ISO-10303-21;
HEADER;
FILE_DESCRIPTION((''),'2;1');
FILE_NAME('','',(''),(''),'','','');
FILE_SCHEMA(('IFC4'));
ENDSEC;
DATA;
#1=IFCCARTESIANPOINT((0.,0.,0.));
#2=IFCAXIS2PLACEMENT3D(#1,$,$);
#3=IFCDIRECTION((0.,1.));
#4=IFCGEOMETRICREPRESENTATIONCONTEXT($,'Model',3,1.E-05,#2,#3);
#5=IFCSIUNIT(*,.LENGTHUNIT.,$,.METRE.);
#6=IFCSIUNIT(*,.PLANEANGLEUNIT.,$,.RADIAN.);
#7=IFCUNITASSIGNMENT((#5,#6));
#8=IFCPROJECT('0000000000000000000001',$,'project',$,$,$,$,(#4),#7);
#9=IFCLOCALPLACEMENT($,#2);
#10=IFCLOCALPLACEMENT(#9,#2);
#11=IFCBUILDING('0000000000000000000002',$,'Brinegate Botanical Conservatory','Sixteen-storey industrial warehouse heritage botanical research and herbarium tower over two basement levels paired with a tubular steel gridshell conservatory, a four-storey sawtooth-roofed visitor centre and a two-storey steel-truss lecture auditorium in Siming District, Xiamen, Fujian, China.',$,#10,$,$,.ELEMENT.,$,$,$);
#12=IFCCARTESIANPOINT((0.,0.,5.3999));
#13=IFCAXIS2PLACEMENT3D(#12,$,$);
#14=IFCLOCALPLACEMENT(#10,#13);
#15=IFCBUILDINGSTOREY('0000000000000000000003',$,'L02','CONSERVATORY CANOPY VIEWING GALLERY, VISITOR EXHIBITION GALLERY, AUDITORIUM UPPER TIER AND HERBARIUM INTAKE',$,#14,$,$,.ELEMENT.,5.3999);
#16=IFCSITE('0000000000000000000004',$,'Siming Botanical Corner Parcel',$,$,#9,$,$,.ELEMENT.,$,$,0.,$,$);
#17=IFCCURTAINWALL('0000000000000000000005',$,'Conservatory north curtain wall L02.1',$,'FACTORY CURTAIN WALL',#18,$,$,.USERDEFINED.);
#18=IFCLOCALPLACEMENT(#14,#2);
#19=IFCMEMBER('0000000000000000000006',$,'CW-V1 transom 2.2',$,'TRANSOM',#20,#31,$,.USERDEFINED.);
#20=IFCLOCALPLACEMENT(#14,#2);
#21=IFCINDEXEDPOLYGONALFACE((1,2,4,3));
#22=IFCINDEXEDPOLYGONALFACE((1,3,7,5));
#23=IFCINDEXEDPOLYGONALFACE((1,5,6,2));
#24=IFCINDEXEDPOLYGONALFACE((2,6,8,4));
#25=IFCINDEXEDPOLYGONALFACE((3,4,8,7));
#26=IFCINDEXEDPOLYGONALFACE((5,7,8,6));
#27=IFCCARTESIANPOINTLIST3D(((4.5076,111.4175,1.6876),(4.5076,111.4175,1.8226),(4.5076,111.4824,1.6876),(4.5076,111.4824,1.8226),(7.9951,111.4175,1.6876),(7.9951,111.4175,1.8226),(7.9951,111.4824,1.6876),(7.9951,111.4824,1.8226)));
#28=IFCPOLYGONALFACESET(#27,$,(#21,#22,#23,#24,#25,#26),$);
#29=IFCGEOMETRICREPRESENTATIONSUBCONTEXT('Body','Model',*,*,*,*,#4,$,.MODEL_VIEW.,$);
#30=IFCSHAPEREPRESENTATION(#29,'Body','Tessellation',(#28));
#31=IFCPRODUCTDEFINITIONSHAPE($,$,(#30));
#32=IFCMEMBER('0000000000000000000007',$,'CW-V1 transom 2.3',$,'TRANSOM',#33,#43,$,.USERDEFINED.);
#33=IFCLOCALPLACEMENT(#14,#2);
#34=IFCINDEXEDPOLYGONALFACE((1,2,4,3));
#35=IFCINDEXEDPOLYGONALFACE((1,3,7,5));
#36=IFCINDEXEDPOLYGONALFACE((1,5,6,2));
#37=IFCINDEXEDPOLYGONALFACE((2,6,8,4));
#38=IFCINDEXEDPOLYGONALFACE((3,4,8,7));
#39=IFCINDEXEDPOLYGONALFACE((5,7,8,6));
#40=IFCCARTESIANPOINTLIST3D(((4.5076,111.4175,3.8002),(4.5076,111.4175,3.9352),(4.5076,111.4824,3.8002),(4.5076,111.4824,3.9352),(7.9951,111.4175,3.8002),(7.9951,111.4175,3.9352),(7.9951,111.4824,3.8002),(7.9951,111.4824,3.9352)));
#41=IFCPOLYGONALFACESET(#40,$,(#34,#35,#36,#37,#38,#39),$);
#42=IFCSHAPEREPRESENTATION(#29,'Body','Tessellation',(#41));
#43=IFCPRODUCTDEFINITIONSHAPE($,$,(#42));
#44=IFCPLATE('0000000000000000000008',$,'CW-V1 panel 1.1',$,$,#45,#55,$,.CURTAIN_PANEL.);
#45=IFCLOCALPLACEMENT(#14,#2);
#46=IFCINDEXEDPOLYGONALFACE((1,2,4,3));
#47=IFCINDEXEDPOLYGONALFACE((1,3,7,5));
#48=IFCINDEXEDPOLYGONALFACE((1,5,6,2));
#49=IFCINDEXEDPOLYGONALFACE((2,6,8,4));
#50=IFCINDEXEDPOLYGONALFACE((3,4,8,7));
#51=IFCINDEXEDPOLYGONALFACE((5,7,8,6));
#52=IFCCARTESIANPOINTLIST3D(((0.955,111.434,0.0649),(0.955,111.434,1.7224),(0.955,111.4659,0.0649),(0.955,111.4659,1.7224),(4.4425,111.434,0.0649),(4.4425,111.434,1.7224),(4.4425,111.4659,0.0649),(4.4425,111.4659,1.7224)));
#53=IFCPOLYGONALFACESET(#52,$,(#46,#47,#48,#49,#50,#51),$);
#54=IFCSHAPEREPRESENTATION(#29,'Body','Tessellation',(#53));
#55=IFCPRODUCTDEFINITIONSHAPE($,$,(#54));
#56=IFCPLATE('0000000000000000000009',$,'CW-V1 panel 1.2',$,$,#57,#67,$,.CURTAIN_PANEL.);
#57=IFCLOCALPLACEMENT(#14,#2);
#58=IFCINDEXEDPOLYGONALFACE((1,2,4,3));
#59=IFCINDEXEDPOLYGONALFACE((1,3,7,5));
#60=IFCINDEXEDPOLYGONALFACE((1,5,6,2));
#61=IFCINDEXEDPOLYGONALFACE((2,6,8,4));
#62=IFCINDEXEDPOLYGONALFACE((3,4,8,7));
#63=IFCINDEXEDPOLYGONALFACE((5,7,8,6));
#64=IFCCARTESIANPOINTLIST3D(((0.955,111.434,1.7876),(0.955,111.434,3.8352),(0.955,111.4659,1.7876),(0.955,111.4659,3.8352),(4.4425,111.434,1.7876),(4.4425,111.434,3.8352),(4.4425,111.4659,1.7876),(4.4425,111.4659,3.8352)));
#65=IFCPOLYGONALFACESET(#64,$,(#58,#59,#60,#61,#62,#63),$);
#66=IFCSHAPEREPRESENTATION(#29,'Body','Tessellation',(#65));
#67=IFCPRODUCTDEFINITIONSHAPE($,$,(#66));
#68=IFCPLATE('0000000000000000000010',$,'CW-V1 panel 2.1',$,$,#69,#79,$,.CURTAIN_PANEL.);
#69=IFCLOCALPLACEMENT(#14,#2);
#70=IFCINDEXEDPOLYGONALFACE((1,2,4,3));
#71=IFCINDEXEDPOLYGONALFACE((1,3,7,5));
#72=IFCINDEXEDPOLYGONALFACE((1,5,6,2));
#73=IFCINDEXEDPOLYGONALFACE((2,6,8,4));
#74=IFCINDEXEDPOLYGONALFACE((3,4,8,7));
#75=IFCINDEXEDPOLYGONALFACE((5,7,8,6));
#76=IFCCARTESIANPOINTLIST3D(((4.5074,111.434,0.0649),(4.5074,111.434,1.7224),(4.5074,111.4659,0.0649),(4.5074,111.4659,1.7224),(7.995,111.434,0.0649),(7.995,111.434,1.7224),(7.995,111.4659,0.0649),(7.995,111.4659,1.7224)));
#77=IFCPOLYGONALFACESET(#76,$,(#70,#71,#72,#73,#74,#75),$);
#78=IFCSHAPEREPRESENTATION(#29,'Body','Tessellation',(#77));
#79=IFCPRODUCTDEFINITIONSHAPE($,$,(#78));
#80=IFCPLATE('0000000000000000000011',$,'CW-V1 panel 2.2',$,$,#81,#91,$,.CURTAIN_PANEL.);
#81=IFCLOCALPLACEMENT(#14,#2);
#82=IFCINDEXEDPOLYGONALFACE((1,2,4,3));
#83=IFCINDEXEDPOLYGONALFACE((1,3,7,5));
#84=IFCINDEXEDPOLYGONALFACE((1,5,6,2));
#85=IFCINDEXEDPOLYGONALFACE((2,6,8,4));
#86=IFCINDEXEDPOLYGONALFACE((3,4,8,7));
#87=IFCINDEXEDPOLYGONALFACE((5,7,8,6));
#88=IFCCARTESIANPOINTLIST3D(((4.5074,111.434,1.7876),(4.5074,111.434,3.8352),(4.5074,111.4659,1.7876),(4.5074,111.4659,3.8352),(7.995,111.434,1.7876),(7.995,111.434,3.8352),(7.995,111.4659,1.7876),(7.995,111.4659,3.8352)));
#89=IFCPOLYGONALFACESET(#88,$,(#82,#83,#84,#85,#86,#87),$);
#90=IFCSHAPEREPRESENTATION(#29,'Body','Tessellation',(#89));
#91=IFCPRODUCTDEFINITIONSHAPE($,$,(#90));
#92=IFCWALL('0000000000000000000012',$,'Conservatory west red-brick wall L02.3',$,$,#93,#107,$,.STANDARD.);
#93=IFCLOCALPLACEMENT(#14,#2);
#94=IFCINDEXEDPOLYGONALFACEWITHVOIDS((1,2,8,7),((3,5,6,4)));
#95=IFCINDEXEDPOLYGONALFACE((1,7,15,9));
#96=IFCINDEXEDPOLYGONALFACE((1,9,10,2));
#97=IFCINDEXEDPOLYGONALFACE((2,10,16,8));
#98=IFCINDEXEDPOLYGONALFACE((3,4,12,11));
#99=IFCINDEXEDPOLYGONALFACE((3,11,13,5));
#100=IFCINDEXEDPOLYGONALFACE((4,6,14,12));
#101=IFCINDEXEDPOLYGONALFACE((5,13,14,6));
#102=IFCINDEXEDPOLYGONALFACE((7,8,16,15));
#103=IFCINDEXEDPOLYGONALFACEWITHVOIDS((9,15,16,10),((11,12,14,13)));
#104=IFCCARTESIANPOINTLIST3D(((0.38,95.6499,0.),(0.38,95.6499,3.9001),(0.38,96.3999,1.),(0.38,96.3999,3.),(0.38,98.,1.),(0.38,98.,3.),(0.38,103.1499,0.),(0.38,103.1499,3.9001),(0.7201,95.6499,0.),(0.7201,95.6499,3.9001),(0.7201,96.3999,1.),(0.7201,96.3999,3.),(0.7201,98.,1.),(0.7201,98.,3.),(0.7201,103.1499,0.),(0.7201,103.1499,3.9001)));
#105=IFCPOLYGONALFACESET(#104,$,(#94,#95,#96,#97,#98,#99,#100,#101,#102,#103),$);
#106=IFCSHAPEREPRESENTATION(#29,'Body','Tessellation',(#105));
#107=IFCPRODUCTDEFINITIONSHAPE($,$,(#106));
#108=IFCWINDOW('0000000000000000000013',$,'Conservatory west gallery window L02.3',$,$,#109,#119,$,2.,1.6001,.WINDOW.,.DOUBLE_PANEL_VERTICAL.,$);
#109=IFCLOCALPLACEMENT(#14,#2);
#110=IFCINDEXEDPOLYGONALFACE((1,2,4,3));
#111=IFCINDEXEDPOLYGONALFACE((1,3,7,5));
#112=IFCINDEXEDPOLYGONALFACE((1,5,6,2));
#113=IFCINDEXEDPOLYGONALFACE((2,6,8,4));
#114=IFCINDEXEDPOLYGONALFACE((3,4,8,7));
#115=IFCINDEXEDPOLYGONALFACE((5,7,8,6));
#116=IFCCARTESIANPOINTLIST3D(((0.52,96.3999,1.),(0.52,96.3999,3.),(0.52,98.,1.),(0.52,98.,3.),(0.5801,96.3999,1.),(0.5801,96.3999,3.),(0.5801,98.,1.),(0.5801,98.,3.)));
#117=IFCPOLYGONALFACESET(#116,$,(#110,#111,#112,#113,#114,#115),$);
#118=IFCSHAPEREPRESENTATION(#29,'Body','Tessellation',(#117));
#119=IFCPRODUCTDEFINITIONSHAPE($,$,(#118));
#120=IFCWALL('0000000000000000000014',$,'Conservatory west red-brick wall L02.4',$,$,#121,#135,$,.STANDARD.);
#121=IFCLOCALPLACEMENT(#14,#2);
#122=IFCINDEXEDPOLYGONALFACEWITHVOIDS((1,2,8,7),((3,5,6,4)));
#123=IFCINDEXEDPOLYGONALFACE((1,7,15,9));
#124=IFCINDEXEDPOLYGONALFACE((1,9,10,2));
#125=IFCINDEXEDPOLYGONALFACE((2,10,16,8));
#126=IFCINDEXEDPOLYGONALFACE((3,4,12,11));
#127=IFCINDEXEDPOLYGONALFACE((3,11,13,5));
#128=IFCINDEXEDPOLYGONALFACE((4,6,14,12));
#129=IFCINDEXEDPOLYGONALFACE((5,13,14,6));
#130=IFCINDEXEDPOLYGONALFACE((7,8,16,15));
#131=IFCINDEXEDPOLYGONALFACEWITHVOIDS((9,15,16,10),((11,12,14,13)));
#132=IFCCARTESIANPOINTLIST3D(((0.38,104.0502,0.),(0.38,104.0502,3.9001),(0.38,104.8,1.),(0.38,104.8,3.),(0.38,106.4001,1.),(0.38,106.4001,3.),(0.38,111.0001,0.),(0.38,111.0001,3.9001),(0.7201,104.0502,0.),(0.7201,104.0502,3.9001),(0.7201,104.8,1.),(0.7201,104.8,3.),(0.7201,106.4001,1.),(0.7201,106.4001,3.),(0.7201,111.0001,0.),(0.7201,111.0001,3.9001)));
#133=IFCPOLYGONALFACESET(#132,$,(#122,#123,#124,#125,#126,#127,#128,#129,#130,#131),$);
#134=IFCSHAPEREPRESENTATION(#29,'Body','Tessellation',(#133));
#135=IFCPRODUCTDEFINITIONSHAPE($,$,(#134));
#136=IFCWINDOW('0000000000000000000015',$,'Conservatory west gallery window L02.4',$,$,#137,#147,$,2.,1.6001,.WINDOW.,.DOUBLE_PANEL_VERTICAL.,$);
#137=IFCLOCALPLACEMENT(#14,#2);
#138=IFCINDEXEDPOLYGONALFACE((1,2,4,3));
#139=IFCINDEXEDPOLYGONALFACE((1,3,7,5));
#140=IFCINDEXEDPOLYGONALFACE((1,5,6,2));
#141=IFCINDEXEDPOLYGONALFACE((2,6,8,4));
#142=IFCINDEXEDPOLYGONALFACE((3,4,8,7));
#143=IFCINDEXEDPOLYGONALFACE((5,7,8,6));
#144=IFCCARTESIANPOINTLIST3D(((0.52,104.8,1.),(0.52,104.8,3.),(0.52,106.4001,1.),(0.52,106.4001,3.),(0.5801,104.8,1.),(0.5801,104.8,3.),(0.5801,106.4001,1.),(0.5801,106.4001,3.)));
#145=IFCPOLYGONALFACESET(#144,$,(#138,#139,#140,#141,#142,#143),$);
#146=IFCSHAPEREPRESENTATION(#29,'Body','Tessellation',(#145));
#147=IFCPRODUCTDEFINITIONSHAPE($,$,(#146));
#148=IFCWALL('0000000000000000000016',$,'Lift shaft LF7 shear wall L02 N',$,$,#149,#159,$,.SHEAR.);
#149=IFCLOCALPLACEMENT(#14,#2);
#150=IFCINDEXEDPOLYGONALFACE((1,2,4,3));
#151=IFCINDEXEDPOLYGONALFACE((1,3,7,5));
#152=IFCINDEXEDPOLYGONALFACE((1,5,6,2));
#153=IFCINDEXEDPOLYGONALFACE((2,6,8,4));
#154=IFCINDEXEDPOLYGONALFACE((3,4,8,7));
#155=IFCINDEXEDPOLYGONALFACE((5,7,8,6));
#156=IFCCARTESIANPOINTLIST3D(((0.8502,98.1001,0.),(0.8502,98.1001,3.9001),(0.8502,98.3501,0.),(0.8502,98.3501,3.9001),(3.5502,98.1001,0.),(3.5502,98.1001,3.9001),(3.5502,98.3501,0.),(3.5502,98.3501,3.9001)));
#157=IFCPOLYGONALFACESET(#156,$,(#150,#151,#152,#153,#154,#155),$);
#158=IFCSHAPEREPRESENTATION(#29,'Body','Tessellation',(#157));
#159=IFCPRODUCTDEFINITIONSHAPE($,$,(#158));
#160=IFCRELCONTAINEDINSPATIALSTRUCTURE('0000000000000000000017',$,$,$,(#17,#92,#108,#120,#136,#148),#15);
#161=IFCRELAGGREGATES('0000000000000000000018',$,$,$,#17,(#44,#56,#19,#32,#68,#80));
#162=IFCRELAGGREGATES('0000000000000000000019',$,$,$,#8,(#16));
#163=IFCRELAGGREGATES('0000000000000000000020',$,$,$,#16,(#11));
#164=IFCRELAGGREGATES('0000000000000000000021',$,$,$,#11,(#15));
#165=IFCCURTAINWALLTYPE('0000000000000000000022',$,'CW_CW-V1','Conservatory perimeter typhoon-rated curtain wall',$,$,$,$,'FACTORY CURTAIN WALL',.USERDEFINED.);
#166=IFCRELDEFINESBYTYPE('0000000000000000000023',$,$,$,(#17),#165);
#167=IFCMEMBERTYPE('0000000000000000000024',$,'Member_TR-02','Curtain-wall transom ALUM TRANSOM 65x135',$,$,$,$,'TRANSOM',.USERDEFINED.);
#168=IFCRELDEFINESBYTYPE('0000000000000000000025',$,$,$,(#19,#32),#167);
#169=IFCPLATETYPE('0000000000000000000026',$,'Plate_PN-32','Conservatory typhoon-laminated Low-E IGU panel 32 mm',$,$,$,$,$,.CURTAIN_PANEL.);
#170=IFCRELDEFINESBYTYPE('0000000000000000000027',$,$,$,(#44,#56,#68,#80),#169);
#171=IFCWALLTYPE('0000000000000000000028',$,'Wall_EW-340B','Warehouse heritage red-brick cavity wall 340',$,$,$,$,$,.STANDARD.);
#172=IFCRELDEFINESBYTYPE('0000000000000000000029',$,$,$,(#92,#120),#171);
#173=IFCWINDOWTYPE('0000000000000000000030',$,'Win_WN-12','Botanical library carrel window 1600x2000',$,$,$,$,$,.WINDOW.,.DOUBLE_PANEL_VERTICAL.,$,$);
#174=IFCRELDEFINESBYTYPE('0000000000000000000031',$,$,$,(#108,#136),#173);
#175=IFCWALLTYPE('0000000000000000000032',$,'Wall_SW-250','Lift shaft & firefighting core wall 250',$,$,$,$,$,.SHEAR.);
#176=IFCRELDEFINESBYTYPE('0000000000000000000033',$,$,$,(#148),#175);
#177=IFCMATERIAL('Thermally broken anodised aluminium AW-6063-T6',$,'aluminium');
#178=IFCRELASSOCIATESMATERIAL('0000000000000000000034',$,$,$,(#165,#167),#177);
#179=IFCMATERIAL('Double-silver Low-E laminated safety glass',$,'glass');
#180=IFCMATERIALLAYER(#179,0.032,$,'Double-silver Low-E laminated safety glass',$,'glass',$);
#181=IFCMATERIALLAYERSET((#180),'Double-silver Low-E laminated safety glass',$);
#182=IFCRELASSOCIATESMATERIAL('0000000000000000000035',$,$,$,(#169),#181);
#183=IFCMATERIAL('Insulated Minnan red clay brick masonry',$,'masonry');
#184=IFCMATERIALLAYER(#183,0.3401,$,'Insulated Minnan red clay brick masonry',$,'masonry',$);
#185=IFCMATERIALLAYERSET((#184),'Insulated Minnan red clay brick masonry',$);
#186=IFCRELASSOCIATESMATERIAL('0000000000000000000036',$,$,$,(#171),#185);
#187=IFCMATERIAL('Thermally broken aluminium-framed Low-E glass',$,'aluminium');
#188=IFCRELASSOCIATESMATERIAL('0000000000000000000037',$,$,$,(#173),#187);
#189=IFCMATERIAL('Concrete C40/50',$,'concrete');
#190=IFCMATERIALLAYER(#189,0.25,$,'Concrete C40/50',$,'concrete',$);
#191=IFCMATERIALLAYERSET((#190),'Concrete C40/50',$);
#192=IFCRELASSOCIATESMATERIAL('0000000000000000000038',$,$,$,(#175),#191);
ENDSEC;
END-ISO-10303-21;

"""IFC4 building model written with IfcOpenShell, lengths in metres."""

from ifc_helpers import new_model, si_unit, direction, frame, frame_2d, origin, origin_2d, place, context, subcontext, project, spatial, rectangle, extrude, material, layer, layer_set, material_profile, profile_set, type_object, element, fill, aggregate, save


model = new_model("IFC4")

# Units and contexts
model_context = context("Model", 3, precision=1e-05, world=origin(), true_north=direction((0.0, 1.0)))
body_context = subcontext(model_context, "Body", "Model", "MODEL_VIEW")
ifc_project = project(units=[si_unit("LENGTHUNIT", "METRE"), si_unit("PLANEANGLEUNIT", "RADIAN")], contexts=[model_context])

# Site, building, storey
site_placement = place(None, origin())
site = spatial("IfcSite", under=ifc_project, at=site_placement, Name="Siming Botanical Corner Parcel", CompositionType="ELEMENT", RefElevation=0.0)
building_placement = place(site_placement, origin())
building = spatial("IfcBuilding", under=site, at=building_placement, Name="Brinegate Botanical Conservatory", Description="Sixteen-storey industrial warehouse heritage botanical research and herbarium tower over two basement levels paired with a tubular steel gridshell conservatory, a four-storey sawtooth-roofed visitor centre and a two-storey steel-truss lecture auditorium in Siming District, Xiamen, Fujian, China.", CompositionType="ELEMENT")
storey_placement = place(building_placement, frame((0.0, 0.0, 5.3999)))
storey = spatial("IfcBuildingStorey", under=building, at=storey_placement, Name="L02", Description="CONSERVATORY CANOPY VIEWING GALLERY, VISITOR EXHIBITION GALLERY, AUDITORIUM UPPER TIER AND HERBARIUM INTAKE", CompositionType="ELEMENT", Elevation=5.3999)

# Shared definitions
ifc_material_1 = material(Name="Concrete C40/50", Category="concrete")

# Curtain wall, members, plates
ifc_material_2 = material(Name="Thermally broken anodised aluminium AW-6063-T6", Category="aluminium")
curtain_wall_type = type_object("IfcCurtainWallType", Name="CW_CW-V1", Description="Conservatory perimeter typhoon-rated curtain wall", ElementType="FACTORY CURTAIN WALL", PredefinedType="USERDEFINED", material=ifc_material_2)
curtain_wall_placement = place(storey_placement, origin())
curtain_wall = element("IfcCurtainWall", 1, at=curtain_wall_placement, inside=storey, type_object=curtain_wall_type, Name="Conservatory north curtain wall L02.1", ObjectType="FACTORY CURTAIN WALL", PredefinedType="USERDEFINED")
ifc_material_profile_1 = material_profile(ifc_material_2, rectangle(XDim=0.0649, YDim=0.135, at=origin_2d()), Name="ALUM TRANSOM 65x135")
ifc_profile_set_1 = profile_set([ifc_material_profile_1], Name="Thermally broken anodised aluminium AW-6063-T6")
member_type_1 = type_object("IfcMemberType", Name="Member_TR-02", Description="Curtain-wall transom ALUM TRANSOM 65x135", ElementType="TRANSOM", PredefinedType="USERDEFINED", material=ifc_profile_set_1)
member_1_placement = place(storey_placement, frame((4.5076, 111.45, 1.7551), z_axis=(1.0, 0.0, 0.0), x_axis=(0.0, 1.0, 0.0)))
member_1 = element("IfcMember", 2, at=member_1_placement, type_object=member_type_1, Name="CW-V1 transom 2.2", ObjectType="TRANSOM", PredefinedType="USERDEFINED", context=body_context, shape_type="SweptSolid", body=[
    extrude(rectangle(XDim=0.0649, YDim=0.135, at=origin_2d()), origin(), (0.0, 0.0, 1.0), 3.4875),
])
member_2_placement = place(storey_placement, frame((4.5076, 111.45, 3.8677), z_axis=(1.0, 0.0, 0.0), x_axis=(0.0, 1.0, 0.0)))
member_2 = element("IfcMember", 3, at=member_2_placement, type_object=member_type_1, Name="CW-V1 transom 2.3", ObjectType="TRANSOM", PredefinedType="USERDEFINED", context=body_context, shape_type="SweptSolid", body=[
    extrude(rectangle(XDim=0.0649, YDim=0.135, at=origin_2d()), origin(), (0.0, 0.0, 1.0), 3.4875),
])
ifc_material_3 = material(Name="Double-silver Low-E laminated safety glass", Category="glass")
ifc_layer_1 = layer(ifc_material_3, 0.032, Name="Double-silver Low-E laminated safety glass", Category="glass")
ifc_layer_set_1 = layer_set([ifc_layer_1], Name="Double-silver Low-E laminated safety glass")
plate_type = type_object("IfcPlateType", Name="Plate_PN-32", Description="Conservatory typhoon-laminated Low-E IGU panel 32 mm", PredefinedType="CURTAIN_PANEL", material=ifc_layer_set_1)
plate_1_placement = place(storey_placement, frame((2.6987, 111.45, 0.0649), z_axis=(0.0, 0.0, 1.0), x_axis=(1.0, 0.0, 0.0)))
plate_1 = element("IfcPlate", 4, at=plate_1_placement, type_object=plate_type, Name="CW-V1 panel 1.1", PredefinedType="CURTAIN_PANEL", context=body_context, shape_type="SweptSolid", body=[
    extrude(rectangle(XDim=3.4875, YDim=0.032, at=origin_2d()), origin(), (0.0, 0.0, 1.0), 1.6575),
])
plate_2_placement = place(storey_placement, frame((2.6987, 111.45, 1.7876), z_axis=(0.0, 0.0, 1.0), x_axis=(1.0, 0.0, 0.0)))
plate_2 = element("IfcPlate", 5, at=plate_2_placement, type_object=plate_type, Name="CW-V1 panel 1.2", PredefinedType="CURTAIN_PANEL", context=body_context, shape_type="SweptSolid", body=[
    extrude(rectangle(XDim=3.4875, YDim=0.032, at=origin_2d()), origin(), (0.0, 0.0, 1.0), 2.0476),
])
plate_3_placement = place(storey_placement, frame((6.2512, 111.45, 0.0649), z_axis=(0.0, 0.0, 1.0), x_axis=(1.0, 0.0, 0.0)))
plate_3 = element("IfcPlate", 6, at=plate_3_placement, type_object=plate_type, Name="CW-V1 panel 2.1", PredefinedType="CURTAIN_PANEL", context=body_context, shape_type="SweptSolid", body=[
    extrude(rectangle(XDim=3.4875, YDim=0.032, at=origin_2d()), origin(), (0.0, 0.0, 1.0), 1.6575),
])
plate_4_placement = place(storey_placement, frame((6.2512, 111.45, 1.7876), z_axis=(0.0, 0.0, 1.0), x_axis=(1.0, 0.0, 0.0)))
plate_4 = element("IfcPlate", 7, at=plate_4_placement, type_object=plate_type, Name="CW-V1 panel 2.2", PredefinedType="CURTAIN_PANEL", context=body_context, shape_type="SweptSolid", body=[
    extrude(rectangle(XDim=3.4875, YDim=0.032, at=origin_2d()), origin(), (0.0, 0.0, 1.0), 2.0476),
])
aggregate(curtain_wall, [plate_1, plate_2, member_1, member_2, plate_3, plate_4])

# Walls, openings, windows
ifc_material_4 = material(Name="Insulated Minnan red clay brick masonry", Category="masonry")
ifc_layer_2 = layer(ifc_material_4, 0.3401, Name="Insulated Minnan red clay brick masonry", Category="masonry")
ifc_layer_set_2 = layer_set([ifc_layer_2], Name="Insulated Minnan red clay brick masonry")
wall_type_1 = type_object("IfcWallType", Name="Wall_EW-340B", Description="Warehouse heritage red-brick cavity wall 340", PredefinedType="STANDARD", material=ifc_layer_set_2)
wall_1_placement = place(storey_placement, frame((0.55, 95.6499, 0.0), z_axis=(0.0, 0.0, 1.0), x_axis=(0.0, 1.0, 0.0)))
wall_1 = element("IfcWall", 8, at=wall_1_placement, inside=storey, type_object=wall_type_1, Name="Conservatory west red-brick wall L02.3", PredefinedType="STANDARD", context=body_context, shape_type="SweptSolid", body=[
    extrude(rectangle(XDim=7.5, YDim=0.3401, at=frame_2d((3.75, 0.0))), origin(), (0.0, 0.0, 1.0), 3.9001),
])
opening_1_placement = place(wall_1_placement, frame((0.75, 0.0, 1.0)))
opening_1 = element("IfcOpeningElement", 9, at=opening_1_placement, cuts=wall_1, PredefinedType="OPENING", context=body_context, shape_type="SweptSolid", body=[
    extrude(rectangle(XDim=1.6001, YDim=2.0, at=frame_2d((0.8, 1.0))), frame((0.0, 0.1799, 0.0), z_axis=(0.0, -1.0, 0.0), x_axis=(1.0, 0.0, 0.0)), (0.0, 0.0, 1.0), 0.3601),
])
ifc_material_5 = material(Name="Thermally broken aluminium-framed Low-E glass", Category="aluminium")
window_type = type_object("IfcWindowType", Name="Win_WN-12", Description="Botanical library carrel window 1600x2000", PartitioningType="DOUBLE_PANEL_VERTICAL", PredefinedType="WINDOW", material=ifc_material_5)
window_1_placement = place(opening_1_placement, origin())
window_1 = element("IfcWindow", 10, at=window_1_placement, inside=storey, type_object=window_type, Name="Conservatory west gallery window L02.3", OverallHeight=2.0, OverallWidth=1.6001, PartitioningType="DOUBLE_PANEL_VERTICAL", PredefinedType="WINDOW", context=body_context, shape_type="SweptSolid", body=[
    extrude(rectangle(XDim=1.6001, YDim=2.0, at=frame_2d((0.8, 1.0))), frame((0.0, 0.03, 0.0), z_axis=(0.0, -1.0, 0.0), x_axis=(1.0, 0.0, 0.0)), (0.0, 0.0, 1.0), 0.0601),
])
fill(opening_1, window_1)
wall_2_placement = place(storey_placement, frame((0.55, 104.05, 0.0), z_axis=(0.0, 0.0, 1.0), x_axis=(0.0, 1.0, 0.0)))
wall_2 = element("IfcWall", 11, at=wall_2_placement, inside=storey, type_object=wall_type_1, Name="Conservatory west red-brick wall L02.4", PredefinedType="STANDARD", context=body_context, shape_type="SweptSolid", body=[
    extrude(rectangle(XDim=6.95, YDim=0.3401, at=frame_2d((3.4751, 0.0))), origin(), (0.0, 0.0, 1.0), 3.9001),
])
opening_2_placement = place(wall_2_placement, frame((0.75, 0.0, 1.0)))
opening_2 = element("IfcOpeningElement", 12, at=opening_2_placement, cuts=wall_2, PredefinedType="OPENING", context=body_context, shape_type="SweptSolid", body=[
    extrude(rectangle(XDim=1.6001, YDim=2.0, at=frame_2d((0.8, 1.0))), frame((0.0, 0.1799, 0.0), z_axis=(0.0, -1.0, 0.0), x_axis=(1.0, 0.0, 0.0)), (0.0, 0.0, 1.0), 0.3601),
])
window_2_placement = place(opening_2_placement, origin())
window_2 = element("IfcWindow", 13, at=window_2_placement, inside=storey, type_object=window_type, Name="Conservatory west gallery window L02.4", OverallHeight=2.0, OverallWidth=1.6001, PartitioningType="DOUBLE_PANEL_VERTICAL", PredefinedType="WINDOW", context=body_context, shape_type="SweptSolid", body=[
    extrude(rectangle(XDim=1.6001, YDim=2.0, at=frame_2d((0.8, 1.0))), frame((0.0, 0.03, 0.0), z_axis=(0.0, -1.0, 0.0), x_axis=(1.0, 0.0, 0.0)), (0.0, 0.0, 1.0), 0.0601),
])
fill(opening_2, window_2)

# Wall
ifc_layer_3 = layer(ifc_material_1, 0.25, Name="Concrete C40/50", Category="concrete")
ifc_layer_set_3 = layer_set([ifc_layer_3], Name="Concrete C40/50")
wall_type_2 = type_object("IfcWallType", Name="Wall_SW-250", Description="Lift shaft & firefighting core wall 250", PredefinedType="SHEAR", material=ifc_layer_set_3)
wall_3_placement = place(storey_placement, frame((0.8501, 98.2251, 0.0), z_axis=(0.0, 0.0, 1.0), x_axis=(1.0, 0.0, 0.0)))
element("IfcWall", 14, at=wall_3_placement, inside=storey, type_object=wall_type_2, Name="Lift shaft LF7 shear wall L02 N", PredefinedType="SHEAR", context=body_context, shape_type="SweptSolid", body=[
    extrude(rectangle(XDim=2.7, YDim=0.25, at=frame_2d((1.3501, 0.0))), origin(), (0.0, 0.0, 1.0), 3.9001),
])

save(model, "model.ifc")
